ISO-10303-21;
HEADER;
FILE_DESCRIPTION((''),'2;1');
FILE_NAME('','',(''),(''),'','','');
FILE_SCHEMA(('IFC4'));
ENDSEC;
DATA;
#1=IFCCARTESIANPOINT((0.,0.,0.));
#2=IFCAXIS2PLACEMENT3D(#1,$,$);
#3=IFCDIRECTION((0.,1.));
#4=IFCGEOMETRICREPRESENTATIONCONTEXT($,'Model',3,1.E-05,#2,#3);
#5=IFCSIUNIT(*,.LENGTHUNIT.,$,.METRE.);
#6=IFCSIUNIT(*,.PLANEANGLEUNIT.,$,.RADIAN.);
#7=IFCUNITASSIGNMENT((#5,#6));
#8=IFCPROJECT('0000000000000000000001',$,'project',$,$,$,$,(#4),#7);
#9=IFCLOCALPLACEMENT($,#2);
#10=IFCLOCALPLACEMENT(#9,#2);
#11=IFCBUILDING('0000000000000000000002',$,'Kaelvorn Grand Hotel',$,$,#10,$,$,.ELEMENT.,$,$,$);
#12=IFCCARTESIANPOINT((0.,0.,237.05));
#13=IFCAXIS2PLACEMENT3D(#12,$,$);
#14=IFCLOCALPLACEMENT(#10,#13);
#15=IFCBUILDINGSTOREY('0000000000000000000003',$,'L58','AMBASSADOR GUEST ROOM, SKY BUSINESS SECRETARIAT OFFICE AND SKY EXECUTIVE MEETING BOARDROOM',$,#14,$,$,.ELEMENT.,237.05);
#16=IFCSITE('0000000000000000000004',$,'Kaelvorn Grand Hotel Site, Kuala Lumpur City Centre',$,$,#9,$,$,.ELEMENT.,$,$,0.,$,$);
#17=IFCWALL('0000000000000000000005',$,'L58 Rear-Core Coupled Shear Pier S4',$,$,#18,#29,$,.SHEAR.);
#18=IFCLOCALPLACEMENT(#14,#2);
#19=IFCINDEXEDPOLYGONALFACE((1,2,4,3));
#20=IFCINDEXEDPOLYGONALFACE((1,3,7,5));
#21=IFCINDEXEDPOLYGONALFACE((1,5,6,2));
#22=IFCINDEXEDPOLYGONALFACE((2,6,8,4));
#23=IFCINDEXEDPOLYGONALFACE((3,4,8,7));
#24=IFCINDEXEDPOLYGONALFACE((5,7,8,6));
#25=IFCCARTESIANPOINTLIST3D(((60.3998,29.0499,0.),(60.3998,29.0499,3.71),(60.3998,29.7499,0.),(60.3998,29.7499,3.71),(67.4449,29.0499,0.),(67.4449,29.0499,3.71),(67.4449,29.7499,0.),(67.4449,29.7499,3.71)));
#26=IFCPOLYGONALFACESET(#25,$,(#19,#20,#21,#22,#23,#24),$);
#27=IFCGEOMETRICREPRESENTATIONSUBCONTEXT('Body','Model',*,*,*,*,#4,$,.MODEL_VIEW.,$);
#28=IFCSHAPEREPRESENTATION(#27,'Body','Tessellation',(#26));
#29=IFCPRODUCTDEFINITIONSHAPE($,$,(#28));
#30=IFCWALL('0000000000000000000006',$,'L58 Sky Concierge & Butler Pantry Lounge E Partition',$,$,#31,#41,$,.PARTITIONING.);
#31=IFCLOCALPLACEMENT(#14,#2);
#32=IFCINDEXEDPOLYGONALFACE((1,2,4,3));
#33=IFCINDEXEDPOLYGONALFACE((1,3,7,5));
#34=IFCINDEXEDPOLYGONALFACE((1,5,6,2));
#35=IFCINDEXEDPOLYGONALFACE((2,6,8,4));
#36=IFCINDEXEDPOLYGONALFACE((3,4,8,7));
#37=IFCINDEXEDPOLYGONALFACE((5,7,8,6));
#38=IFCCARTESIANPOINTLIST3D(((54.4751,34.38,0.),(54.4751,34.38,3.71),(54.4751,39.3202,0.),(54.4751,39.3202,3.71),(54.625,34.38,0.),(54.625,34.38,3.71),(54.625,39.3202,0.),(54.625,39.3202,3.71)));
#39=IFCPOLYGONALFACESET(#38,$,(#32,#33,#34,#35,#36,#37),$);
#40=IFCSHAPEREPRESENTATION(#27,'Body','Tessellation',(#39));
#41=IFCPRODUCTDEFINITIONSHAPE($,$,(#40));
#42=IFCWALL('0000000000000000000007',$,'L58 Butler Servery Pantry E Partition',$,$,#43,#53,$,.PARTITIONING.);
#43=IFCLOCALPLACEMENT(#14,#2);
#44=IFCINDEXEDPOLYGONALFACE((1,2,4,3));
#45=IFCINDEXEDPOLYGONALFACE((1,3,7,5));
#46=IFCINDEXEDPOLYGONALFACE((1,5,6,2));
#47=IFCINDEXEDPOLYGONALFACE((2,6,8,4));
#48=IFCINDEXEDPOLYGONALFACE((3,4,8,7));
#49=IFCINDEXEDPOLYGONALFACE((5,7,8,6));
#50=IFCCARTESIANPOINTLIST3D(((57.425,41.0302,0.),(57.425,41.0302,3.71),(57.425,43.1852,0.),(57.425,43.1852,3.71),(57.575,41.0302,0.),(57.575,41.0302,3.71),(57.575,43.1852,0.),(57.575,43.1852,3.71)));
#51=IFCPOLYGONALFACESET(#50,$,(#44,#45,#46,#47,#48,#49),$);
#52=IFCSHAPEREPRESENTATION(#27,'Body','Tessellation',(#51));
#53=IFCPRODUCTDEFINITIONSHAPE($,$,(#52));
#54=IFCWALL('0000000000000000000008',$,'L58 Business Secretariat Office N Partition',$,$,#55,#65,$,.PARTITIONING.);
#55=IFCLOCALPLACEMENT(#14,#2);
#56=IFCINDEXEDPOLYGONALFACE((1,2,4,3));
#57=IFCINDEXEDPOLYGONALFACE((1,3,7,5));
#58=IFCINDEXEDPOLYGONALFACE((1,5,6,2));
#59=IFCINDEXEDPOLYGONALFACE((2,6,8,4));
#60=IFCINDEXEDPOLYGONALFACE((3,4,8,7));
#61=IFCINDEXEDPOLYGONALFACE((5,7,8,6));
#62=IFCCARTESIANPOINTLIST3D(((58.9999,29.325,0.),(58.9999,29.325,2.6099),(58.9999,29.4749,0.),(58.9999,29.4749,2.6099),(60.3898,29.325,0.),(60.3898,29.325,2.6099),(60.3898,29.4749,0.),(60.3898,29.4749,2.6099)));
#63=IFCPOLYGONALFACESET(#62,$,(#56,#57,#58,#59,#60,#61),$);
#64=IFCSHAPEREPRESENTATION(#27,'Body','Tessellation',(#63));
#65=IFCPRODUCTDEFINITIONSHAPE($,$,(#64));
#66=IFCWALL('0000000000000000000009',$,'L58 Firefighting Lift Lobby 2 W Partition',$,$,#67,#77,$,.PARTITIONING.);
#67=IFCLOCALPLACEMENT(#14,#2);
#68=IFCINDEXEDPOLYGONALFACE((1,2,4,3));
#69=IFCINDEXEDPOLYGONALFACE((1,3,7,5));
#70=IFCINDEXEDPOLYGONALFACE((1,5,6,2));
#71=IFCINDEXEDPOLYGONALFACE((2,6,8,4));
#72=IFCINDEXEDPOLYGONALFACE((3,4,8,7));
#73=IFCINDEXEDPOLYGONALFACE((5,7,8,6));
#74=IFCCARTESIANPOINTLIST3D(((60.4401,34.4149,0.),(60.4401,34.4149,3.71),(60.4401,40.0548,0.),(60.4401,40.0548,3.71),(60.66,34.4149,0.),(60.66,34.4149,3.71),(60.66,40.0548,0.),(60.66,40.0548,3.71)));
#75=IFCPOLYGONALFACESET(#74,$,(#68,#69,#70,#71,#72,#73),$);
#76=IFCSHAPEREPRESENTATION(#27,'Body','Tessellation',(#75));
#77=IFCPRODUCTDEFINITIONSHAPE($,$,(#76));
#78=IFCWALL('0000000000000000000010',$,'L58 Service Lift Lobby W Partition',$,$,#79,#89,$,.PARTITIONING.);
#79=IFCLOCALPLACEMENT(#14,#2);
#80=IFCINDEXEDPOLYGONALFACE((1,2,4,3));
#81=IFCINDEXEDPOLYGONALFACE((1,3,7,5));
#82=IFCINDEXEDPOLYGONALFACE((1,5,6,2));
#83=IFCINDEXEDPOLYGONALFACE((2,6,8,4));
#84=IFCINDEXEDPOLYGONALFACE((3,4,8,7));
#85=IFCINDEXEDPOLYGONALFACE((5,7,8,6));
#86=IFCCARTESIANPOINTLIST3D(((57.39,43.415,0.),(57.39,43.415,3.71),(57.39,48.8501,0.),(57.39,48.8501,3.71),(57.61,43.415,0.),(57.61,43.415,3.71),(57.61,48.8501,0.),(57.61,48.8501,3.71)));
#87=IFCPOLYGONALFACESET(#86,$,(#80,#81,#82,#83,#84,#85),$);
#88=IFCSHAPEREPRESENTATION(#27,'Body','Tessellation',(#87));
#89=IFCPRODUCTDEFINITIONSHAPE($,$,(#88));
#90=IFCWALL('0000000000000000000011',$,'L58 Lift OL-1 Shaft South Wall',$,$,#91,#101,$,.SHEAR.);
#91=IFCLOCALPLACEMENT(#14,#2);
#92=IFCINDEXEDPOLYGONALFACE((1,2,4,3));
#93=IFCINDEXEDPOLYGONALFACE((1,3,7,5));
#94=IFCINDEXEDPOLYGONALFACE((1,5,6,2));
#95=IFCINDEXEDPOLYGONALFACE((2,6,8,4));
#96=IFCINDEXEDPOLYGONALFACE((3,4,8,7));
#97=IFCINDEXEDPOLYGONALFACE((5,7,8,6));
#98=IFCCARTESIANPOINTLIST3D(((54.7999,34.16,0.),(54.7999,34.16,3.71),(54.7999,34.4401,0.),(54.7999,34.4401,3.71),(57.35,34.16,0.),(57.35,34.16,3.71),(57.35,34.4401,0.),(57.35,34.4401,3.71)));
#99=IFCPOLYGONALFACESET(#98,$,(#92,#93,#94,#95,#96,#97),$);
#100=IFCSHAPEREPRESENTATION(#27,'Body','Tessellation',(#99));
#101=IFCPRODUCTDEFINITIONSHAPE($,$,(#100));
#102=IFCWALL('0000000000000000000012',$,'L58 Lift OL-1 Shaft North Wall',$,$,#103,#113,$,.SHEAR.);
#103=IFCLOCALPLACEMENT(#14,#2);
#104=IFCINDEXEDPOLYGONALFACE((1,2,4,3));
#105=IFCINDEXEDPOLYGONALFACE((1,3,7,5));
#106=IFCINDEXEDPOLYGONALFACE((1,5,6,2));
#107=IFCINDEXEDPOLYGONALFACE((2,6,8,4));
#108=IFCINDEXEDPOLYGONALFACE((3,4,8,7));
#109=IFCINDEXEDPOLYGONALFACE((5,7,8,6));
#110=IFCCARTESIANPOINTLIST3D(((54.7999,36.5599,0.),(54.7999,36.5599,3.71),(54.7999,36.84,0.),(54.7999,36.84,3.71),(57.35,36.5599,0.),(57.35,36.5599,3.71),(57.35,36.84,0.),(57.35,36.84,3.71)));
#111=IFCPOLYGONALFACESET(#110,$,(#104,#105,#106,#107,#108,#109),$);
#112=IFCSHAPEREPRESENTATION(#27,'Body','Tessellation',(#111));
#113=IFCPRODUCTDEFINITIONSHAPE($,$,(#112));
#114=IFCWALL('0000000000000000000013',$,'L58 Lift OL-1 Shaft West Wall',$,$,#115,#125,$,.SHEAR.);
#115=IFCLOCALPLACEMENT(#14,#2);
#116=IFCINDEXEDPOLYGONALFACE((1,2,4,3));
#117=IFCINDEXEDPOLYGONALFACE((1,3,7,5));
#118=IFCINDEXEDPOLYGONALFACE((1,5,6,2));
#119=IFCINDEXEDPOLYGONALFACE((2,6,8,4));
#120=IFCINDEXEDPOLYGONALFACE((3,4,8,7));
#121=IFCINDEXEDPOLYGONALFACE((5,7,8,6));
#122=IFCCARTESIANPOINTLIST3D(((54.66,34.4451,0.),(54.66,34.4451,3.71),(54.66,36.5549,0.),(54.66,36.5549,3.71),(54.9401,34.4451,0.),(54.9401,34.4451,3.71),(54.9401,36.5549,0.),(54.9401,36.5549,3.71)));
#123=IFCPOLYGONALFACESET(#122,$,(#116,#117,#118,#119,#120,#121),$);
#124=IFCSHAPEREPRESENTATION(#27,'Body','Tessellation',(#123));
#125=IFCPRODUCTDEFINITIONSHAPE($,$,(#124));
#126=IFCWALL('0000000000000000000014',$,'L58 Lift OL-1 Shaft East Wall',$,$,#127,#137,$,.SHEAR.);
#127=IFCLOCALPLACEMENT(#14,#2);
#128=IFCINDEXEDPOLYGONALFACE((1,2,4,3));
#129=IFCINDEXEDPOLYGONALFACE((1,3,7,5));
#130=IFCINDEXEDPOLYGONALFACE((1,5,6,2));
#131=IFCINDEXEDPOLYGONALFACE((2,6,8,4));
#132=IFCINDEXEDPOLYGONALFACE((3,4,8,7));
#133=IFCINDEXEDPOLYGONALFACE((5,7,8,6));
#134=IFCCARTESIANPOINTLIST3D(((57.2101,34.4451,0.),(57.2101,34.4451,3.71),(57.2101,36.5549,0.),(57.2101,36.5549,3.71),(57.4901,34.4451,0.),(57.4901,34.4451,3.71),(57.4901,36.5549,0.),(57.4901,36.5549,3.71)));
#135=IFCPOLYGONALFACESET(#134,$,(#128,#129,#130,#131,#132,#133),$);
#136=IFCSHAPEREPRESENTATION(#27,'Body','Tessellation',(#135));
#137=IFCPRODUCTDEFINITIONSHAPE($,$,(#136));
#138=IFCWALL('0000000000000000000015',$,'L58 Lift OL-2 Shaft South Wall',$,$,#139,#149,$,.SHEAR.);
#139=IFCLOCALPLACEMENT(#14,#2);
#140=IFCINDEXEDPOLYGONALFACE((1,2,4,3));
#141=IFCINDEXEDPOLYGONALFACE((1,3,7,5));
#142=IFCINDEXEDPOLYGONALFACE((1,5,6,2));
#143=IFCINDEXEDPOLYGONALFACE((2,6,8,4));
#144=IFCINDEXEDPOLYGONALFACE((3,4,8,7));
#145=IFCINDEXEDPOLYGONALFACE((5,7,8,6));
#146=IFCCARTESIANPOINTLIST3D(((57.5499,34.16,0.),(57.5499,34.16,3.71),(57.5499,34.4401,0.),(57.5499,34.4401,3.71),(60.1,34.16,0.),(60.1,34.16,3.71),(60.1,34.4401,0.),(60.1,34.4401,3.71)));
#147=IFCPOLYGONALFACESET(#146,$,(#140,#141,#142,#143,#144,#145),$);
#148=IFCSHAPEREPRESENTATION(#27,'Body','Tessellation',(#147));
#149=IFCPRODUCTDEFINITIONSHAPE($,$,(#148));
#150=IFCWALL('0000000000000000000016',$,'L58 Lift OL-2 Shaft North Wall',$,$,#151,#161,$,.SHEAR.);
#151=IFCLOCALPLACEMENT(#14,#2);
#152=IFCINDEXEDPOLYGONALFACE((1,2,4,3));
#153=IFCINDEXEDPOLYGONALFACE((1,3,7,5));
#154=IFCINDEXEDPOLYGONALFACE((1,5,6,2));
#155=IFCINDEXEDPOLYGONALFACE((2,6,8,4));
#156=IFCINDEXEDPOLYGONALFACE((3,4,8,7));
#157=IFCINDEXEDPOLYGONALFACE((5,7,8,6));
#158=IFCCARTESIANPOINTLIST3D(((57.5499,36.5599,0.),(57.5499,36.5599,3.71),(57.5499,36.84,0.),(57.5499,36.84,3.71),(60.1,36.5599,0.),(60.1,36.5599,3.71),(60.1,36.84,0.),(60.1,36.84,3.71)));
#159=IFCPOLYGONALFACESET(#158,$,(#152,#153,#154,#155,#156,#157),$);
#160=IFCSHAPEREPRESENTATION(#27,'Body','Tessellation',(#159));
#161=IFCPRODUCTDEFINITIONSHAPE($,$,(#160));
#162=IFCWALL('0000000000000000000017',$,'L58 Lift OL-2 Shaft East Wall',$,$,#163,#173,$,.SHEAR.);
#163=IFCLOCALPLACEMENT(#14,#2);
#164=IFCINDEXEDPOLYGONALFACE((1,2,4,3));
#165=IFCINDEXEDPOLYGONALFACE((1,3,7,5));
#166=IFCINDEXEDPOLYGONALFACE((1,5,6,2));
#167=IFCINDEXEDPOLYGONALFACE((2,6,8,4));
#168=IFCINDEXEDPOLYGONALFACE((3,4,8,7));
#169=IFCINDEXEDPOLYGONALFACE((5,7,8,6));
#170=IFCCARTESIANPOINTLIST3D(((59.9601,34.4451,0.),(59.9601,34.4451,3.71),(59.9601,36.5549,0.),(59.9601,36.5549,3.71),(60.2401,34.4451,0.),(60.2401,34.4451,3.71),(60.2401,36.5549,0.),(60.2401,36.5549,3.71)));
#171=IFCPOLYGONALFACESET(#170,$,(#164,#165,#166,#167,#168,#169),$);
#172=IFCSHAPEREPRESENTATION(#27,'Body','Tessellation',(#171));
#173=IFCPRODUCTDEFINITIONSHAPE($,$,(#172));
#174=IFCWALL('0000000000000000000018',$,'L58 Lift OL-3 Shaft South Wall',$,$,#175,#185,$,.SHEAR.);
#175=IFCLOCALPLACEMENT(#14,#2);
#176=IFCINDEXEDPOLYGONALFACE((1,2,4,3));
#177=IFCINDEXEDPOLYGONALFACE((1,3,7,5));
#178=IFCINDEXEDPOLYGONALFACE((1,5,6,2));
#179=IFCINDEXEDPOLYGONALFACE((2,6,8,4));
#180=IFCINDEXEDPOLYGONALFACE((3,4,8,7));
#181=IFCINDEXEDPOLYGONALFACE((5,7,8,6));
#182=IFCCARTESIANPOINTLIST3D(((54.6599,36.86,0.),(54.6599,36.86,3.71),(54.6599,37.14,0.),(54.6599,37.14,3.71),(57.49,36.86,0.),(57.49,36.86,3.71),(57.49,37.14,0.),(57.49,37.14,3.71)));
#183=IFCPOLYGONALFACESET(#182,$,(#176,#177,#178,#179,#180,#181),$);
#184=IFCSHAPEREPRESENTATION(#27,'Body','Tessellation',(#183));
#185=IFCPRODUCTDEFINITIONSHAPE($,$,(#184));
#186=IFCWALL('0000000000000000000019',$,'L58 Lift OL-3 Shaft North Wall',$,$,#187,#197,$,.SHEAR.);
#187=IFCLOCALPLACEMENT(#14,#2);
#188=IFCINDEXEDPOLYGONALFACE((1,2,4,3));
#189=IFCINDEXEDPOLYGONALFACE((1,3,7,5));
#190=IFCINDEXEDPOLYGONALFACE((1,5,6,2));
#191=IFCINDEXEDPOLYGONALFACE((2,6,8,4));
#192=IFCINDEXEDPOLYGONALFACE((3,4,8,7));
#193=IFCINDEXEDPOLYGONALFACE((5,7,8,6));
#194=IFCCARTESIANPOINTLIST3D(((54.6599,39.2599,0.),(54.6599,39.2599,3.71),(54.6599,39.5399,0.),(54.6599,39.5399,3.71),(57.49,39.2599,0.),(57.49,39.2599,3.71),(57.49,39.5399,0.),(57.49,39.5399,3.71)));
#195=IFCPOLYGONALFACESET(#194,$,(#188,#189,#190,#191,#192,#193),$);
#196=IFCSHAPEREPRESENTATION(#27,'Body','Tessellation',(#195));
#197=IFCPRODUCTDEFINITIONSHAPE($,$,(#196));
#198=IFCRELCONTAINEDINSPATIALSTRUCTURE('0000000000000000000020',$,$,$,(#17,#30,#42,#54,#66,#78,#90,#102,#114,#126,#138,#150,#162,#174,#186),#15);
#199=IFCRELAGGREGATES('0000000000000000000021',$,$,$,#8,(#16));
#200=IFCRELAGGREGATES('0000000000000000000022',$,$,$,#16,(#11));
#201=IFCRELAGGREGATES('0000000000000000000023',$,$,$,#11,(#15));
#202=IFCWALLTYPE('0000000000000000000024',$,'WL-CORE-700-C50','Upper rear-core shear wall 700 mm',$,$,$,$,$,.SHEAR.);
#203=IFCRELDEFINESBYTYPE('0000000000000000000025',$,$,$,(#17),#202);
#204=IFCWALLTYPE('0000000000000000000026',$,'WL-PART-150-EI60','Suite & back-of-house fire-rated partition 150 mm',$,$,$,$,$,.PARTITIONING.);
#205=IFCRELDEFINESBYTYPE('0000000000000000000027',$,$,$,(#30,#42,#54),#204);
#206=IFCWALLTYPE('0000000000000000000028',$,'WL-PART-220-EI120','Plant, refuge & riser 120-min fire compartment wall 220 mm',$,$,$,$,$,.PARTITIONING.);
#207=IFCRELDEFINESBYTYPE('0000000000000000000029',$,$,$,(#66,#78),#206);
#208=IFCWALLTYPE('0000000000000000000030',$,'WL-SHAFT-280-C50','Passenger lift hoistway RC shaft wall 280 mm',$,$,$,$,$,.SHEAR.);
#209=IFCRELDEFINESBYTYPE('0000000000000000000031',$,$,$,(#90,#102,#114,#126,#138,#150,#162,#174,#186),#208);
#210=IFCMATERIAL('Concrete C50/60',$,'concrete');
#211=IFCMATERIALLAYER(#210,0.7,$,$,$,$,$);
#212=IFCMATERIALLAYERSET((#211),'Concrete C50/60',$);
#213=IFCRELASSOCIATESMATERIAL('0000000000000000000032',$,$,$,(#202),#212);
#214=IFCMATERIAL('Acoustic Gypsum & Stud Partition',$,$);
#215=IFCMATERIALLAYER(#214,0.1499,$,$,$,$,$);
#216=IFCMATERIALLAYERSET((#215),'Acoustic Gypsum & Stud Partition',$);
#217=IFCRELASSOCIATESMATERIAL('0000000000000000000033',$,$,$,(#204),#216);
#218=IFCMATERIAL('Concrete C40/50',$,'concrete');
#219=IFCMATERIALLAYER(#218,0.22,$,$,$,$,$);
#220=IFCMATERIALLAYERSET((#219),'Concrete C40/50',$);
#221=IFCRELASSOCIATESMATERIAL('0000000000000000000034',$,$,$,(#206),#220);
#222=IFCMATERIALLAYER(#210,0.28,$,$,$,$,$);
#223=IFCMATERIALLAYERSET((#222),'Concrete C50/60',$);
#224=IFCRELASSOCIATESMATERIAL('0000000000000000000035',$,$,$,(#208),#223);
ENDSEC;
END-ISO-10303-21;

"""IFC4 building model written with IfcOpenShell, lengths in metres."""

from ifc_helpers import new_model, si_unit, direction, frame, frame_2d, origin, place, context, subcontext, project, spatial, rectangle, extrude, material, layer, layer_set, type_object, element, save


model = new_model("IFC4")

# Units and contexts
model_context = context("Model", 3, precision=1e-05, world=origin(), true_north=direction((0.0, 1.0)))
body_context = subcontext(model_context, "Body", "Model", "MODEL_VIEW")
ifc_project = project(units=[si_unit("LENGTHUNIT", "METRE"), si_unit("PLANEANGLEUNIT", "RADIAN")], contexts=[model_context])

# Site, building, storey
site_placement = place(None, origin())
site = spatial("IfcSite", under=ifc_project, at=site_placement, Name="Kaelvorn Grand Hotel Site, Kuala Lumpur City Centre", CompositionType="ELEMENT", RefElevation=0.0)
building_placement = place(site_placement, origin())
building = spatial("IfcBuilding", under=site, at=building_placement, Name="Kaelvorn Grand Hotel", CompositionType="ELEMENT")
storey_placement = place(building_placement, frame((0.0, 0.0, 237.05)))
storey = spatial("IfcBuildingStorey", under=building, at=storey_placement, Name="L58", Description="AMBASSADOR GUEST ROOM, SKY BUSINESS SECRETARIAT OFFICE AND SKY EXECUTIVE MEETING BOARDROOM", CompositionType="ELEMENT", Elevation=237.05)

# Walls
ifc_material_1 = material(Name="Concrete C50/60", Category="concrete")
ifc_layer_1 = layer(ifc_material_1, 0.7)
ifc_layer_set_1 = layer_set([ifc_layer_1], Name="Concrete C50/60")
wall_type_1 = type_object("IfcWallType", Name="WL-CORE-700-C50", Description="Upper rear-core shear wall 700 mm", PredefinedType="SHEAR", material=ifc_layer_set_1)
wall_1_placement = place(storey_placement, frame((60.3999, 29.3999, 0.0), z_axis=(0.0, 0.0, 1.0), x_axis=(1.0, 0.0, 0.0)))
element("IfcWall", 1, at=wall_1_placement, inside=storey, type_object=wall_type_1, Name="L58 Rear-Core Coupled Shear Pier S4", PredefinedType="SHEAR", context=body_context, shape_type="SweptSolid", body=[
    extrude(rectangle(XDim=7.0452, YDim=0.7, at=frame_2d((3.5225, 0.0))), origin(), (0.0, 0.0, 1.0), 3.71),
])
ifc_material_2 = material(Name="Acoustic Gypsum & Stud Partition")
ifc_layer_2 = layer(ifc_material_2, 0.1499)
ifc_layer_set_2 = layer_set([ifc_layer_2], Name="Acoustic Gypsum & Stud Partition")
wall_type_2 = type_object("IfcWallType", Name="WL-PART-150-EI60", Description="Suite & back-of-house fire-rated partition 150 mm", PredefinedType="PARTITIONING", material=ifc_layer_set_2)
wall_2_placement = place(storey_placement, frame((54.55, 34.3799, 0.0), z_axis=(0.0, 0.0, 1.0), x_axis=(0.0, 1.0, 0.0)))
element("IfcWall", 2, at=wall_2_placement, inside=storey, type_object=wall_type_2, Name="L58 Sky Concierge & Butler Pantry Lounge E Partition", PredefinedType="PARTITIONING", context=body_context, shape_type="SweptSolid", body=[
    extrude(rectangle(XDim=4.9402, YDim=0.1499, at=frame_2d((2.4702, 0.0))), origin(), (0.0, 0.0, 1.0), 3.71),
])
wall_3_placement = place(storey_placement, frame((57.5, 41.03, 0.0), z_axis=(0.0, 0.0, 1.0), x_axis=(0.0, 1.0, 0.0)))
element("IfcWall", 3, at=wall_3_placement, inside=storey, type_object=wall_type_2, Name="L58 Butler Servery Pantry E Partition", PredefinedType="PARTITIONING", context=body_context, shape_type="SweptSolid", body=[
    extrude(rectangle(XDim=2.155, YDim=0.1499, at=frame_2d((1.0776, 0.0))), origin(), (0.0, 0.0, 1.0), 3.71),
])
wall_4_placement = place(storey_placement, frame((59.0, 29.3999, 0.0), z_axis=(0.0, 0.0, 1.0), x_axis=(1.0, 0.0, 0.0)))
element("IfcWall", 4, at=wall_4_placement, inside=storey, type_object=wall_type_2, Name="L58 Business Secretariat Office N Partition", PredefinedType="PARTITIONING", context=body_context, shape_type="SweptSolid", body=[
    extrude(rectangle(XDim=1.3899, YDim=0.1499, at=frame_2d((0.6948, 0.0))), origin(), (0.0, 0.0, 1.0), 2.6099),
])

# Shared definitions
ifc_material_3 = material(Name="Concrete C40/50", Category="concrete")
ifc_layer_3 = layer(ifc_material_3, 0.22)
ifc_layer_set_3 = layer_set([ifc_layer_3], Name="Concrete C40/50")
wall_type_3 = type_object("IfcWallType", Name="WL-PART-220-EI120", Description="Plant, refuge & riser 120-min fire compartment wall 220 mm", PredefinedType="PARTITIONING", material=ifc_layer_set_3)

# Wall
wall_5_placement = place(storey_placement, frame((60.55, 34.415, 0.0), z_axis=(0.0, 0.0, 1.0), x_axis=(0.0, 1.0, 0.0)))
element("IfcWall", 5, at=wall_5_placement, inside=storey, type_object=wall_type_3, Name="L58 Firefighting Lift Lobby 2 W Partition", PredefinedType="PARTITIONING", context=body_context, shape_type="SweptSolid", body=[
    extrude(rectangle(XDim=5.6399, YDim=0.22, at=frame_2d((2.8198, 0.0))), origin(), (0.0, 0.0, 1.0), 3.71),
])

# Walls
wall_6_placement = place(storey_placement, frame((57.5, 43.415, 0.0), z_axis=(0.0, 0.0, 1.0), x_axis=(0.0, 1.0, 0.0)))
element("IfcWall", 6, at=wall_6_placement, inside=storey, type_object=wall_type_3, Name="L58 Service Lift Lobby W Partition", PredefinedType="PARTITIONING", context=body_context, shape_type="SweptSolid", body=[
    extrude(rectangle(XDim=5.4351, YDim=0.22, at=frame_2d((2.7175, 0.0))), origin(), (0.0, 0.0, 1.0), 3.71),
])
ifc_layer_4 = layer(ifc_material_1, 0.28)
ifc_layer_set_4 = layer_set([ifc_layer_4], Name="Concrete C50/60")
wall_type_4 = type_object("IfcWallType", Name="WL-SHAFT-280-C50", Description="Passenger lift hoistway RC shaft wall 280 mm", PredefinedType="SHEAR", material=ifc_layer_set_4)
for number, where, z_axis, x_axis, name in (
    (7, (54.8, 34.3, 0.0), (0.0, 0.0, 1.0), (1.0, 0.0, 0.0), "L58 Lift OL-1 Shaft South Wall"),
    (8, (54.8, 36.7, 0.0), (0.0, 0.0, 1.0), (1.0, 0.0, 0.0), "L58 Lift OL-1 Shaft North Wall"),
):
    element("IfcWall", number, at=place(storey_placement, frame(where, z_axis=z_axis, x_axis=x_axis)), inside=storey, type_object=wall_type_4, Name=name, PredefinedType="SHEAR", context=body_context, shape_type="SweptSolid", body=[
        extrude(rectangle(XDim=2.55, YDim=0.28, at=frame_2d((1.2749, 0.0))), origin(), (0.0, 0.0, 1.0), 3.71),
    ])
for number, where, z_axis, x_axis, name in (
    (9, (54.8, 34.4451, 0.0), (0.0, 0.0, 1.0), (0.0, 1.0, 0.0), "L58 Lift OL-1 Shaft West Wall"),
    (10, (57.3501, 34.4451, 0.0), (0.0, 0.0, 1.0), (0.0, 1.0, 0.0), "L58 Lift OL-1 Shaft East Wall"),
):
    element("IfcWall", number, at=place(storey_placement, frame(where, z_axis=z_axis, x_axis=x_axis)), inside=storey, type_object=wall_type_4, Name=name, PredefinedType="SHEAR", context=body_context, shape_type="SweptSolid", body=[
        extrude(rectangle(XDim=2.1099, YDim=0.28, at=frame_2d((1.0549, 0.0))), origin(), (0.0, 0.0, 1.0), 3.71),
    ])
for number, where, z_axis, x_axis, name in (
    (11, (57.55, 34.3, 0.0), (0.0, 0.0, 1.0), (1.0, 0.0, 0.0), "L58 Lift OL-2 Shaft South Wall"),
    (12, (57.55, 36.7, 0.0), (0.0, 0.0, 1.0), (1.0, 0.0, 0.0), "L58 Lift OL-2 Shaft North Wall"),
):
    element("IfcWall", number, at=place(storey_placement, frame(where, z_axis=z_axis, x_axis=x_axis)), inside=storey, type_object=wall_type_4, Name=name, PredefinedType="SHEAR", context=body_context, shape_type="SweptSolid", body=[
        extrude(rectangle(XDim=2.55, YDim=0.28, at=frame_2d((1.2749, 0.0))), origin(), (0.0, 0.0, 1.0), 3.71),
    ])
wall_7_placement = place(storey_placement, frame((60.1001, 34.4451, 0.0), z_axis=(0.0, 0.0, 1.0), x_axis=(0.0, 1.0, 0.0)))
element("IfcWall", 13, at=wall_7_placement, inside=storey, type_object=wall_type_4, Name="L58 Lift OL-2 Shaft East Wall", PredefinedType="SHEAR", context=body_context, shape_type="SweptSolid", body=[
    extrude(rectangle(XDim=2.1099, YDim=0.28, at=frame_2d((1.0549, 0.0))), origin(), (0.0, 0.0, 1.0), 3.71),
])
for number, where, z_axis, x_axis, name in (
    (14, (54.6599, 37.0, 0.0), (0.0, 0.0, 1.0), (1.0, 0.0, 0.0), "L58 Lift OL-3 Shaft South Wall"),
    (15, (54.6599, 39.3999, 0.0), (0.0, 0.0, 1.0), (1.0, 0.0, 0.0), "L58 Lift OL-3 Shaft North Wall"),
):
    element("IfcWall", number, at=place(storey_placement, frame(where, z_axis=z_axis, x_axis=x_axis)), inside=storey, type_object=wall_type_4, Name=name, PredefinedType="SHEAR", context=body_context, shape_type="SweptSolid", body=[
        extrude(rectangle(XDim=2.8301, YDim=0.28, at=frame_2d((1.415, 0.0))), origin(), (0.0, 0.0, 1.0), 3.71),
    ])

save(model, "model.ifc")
